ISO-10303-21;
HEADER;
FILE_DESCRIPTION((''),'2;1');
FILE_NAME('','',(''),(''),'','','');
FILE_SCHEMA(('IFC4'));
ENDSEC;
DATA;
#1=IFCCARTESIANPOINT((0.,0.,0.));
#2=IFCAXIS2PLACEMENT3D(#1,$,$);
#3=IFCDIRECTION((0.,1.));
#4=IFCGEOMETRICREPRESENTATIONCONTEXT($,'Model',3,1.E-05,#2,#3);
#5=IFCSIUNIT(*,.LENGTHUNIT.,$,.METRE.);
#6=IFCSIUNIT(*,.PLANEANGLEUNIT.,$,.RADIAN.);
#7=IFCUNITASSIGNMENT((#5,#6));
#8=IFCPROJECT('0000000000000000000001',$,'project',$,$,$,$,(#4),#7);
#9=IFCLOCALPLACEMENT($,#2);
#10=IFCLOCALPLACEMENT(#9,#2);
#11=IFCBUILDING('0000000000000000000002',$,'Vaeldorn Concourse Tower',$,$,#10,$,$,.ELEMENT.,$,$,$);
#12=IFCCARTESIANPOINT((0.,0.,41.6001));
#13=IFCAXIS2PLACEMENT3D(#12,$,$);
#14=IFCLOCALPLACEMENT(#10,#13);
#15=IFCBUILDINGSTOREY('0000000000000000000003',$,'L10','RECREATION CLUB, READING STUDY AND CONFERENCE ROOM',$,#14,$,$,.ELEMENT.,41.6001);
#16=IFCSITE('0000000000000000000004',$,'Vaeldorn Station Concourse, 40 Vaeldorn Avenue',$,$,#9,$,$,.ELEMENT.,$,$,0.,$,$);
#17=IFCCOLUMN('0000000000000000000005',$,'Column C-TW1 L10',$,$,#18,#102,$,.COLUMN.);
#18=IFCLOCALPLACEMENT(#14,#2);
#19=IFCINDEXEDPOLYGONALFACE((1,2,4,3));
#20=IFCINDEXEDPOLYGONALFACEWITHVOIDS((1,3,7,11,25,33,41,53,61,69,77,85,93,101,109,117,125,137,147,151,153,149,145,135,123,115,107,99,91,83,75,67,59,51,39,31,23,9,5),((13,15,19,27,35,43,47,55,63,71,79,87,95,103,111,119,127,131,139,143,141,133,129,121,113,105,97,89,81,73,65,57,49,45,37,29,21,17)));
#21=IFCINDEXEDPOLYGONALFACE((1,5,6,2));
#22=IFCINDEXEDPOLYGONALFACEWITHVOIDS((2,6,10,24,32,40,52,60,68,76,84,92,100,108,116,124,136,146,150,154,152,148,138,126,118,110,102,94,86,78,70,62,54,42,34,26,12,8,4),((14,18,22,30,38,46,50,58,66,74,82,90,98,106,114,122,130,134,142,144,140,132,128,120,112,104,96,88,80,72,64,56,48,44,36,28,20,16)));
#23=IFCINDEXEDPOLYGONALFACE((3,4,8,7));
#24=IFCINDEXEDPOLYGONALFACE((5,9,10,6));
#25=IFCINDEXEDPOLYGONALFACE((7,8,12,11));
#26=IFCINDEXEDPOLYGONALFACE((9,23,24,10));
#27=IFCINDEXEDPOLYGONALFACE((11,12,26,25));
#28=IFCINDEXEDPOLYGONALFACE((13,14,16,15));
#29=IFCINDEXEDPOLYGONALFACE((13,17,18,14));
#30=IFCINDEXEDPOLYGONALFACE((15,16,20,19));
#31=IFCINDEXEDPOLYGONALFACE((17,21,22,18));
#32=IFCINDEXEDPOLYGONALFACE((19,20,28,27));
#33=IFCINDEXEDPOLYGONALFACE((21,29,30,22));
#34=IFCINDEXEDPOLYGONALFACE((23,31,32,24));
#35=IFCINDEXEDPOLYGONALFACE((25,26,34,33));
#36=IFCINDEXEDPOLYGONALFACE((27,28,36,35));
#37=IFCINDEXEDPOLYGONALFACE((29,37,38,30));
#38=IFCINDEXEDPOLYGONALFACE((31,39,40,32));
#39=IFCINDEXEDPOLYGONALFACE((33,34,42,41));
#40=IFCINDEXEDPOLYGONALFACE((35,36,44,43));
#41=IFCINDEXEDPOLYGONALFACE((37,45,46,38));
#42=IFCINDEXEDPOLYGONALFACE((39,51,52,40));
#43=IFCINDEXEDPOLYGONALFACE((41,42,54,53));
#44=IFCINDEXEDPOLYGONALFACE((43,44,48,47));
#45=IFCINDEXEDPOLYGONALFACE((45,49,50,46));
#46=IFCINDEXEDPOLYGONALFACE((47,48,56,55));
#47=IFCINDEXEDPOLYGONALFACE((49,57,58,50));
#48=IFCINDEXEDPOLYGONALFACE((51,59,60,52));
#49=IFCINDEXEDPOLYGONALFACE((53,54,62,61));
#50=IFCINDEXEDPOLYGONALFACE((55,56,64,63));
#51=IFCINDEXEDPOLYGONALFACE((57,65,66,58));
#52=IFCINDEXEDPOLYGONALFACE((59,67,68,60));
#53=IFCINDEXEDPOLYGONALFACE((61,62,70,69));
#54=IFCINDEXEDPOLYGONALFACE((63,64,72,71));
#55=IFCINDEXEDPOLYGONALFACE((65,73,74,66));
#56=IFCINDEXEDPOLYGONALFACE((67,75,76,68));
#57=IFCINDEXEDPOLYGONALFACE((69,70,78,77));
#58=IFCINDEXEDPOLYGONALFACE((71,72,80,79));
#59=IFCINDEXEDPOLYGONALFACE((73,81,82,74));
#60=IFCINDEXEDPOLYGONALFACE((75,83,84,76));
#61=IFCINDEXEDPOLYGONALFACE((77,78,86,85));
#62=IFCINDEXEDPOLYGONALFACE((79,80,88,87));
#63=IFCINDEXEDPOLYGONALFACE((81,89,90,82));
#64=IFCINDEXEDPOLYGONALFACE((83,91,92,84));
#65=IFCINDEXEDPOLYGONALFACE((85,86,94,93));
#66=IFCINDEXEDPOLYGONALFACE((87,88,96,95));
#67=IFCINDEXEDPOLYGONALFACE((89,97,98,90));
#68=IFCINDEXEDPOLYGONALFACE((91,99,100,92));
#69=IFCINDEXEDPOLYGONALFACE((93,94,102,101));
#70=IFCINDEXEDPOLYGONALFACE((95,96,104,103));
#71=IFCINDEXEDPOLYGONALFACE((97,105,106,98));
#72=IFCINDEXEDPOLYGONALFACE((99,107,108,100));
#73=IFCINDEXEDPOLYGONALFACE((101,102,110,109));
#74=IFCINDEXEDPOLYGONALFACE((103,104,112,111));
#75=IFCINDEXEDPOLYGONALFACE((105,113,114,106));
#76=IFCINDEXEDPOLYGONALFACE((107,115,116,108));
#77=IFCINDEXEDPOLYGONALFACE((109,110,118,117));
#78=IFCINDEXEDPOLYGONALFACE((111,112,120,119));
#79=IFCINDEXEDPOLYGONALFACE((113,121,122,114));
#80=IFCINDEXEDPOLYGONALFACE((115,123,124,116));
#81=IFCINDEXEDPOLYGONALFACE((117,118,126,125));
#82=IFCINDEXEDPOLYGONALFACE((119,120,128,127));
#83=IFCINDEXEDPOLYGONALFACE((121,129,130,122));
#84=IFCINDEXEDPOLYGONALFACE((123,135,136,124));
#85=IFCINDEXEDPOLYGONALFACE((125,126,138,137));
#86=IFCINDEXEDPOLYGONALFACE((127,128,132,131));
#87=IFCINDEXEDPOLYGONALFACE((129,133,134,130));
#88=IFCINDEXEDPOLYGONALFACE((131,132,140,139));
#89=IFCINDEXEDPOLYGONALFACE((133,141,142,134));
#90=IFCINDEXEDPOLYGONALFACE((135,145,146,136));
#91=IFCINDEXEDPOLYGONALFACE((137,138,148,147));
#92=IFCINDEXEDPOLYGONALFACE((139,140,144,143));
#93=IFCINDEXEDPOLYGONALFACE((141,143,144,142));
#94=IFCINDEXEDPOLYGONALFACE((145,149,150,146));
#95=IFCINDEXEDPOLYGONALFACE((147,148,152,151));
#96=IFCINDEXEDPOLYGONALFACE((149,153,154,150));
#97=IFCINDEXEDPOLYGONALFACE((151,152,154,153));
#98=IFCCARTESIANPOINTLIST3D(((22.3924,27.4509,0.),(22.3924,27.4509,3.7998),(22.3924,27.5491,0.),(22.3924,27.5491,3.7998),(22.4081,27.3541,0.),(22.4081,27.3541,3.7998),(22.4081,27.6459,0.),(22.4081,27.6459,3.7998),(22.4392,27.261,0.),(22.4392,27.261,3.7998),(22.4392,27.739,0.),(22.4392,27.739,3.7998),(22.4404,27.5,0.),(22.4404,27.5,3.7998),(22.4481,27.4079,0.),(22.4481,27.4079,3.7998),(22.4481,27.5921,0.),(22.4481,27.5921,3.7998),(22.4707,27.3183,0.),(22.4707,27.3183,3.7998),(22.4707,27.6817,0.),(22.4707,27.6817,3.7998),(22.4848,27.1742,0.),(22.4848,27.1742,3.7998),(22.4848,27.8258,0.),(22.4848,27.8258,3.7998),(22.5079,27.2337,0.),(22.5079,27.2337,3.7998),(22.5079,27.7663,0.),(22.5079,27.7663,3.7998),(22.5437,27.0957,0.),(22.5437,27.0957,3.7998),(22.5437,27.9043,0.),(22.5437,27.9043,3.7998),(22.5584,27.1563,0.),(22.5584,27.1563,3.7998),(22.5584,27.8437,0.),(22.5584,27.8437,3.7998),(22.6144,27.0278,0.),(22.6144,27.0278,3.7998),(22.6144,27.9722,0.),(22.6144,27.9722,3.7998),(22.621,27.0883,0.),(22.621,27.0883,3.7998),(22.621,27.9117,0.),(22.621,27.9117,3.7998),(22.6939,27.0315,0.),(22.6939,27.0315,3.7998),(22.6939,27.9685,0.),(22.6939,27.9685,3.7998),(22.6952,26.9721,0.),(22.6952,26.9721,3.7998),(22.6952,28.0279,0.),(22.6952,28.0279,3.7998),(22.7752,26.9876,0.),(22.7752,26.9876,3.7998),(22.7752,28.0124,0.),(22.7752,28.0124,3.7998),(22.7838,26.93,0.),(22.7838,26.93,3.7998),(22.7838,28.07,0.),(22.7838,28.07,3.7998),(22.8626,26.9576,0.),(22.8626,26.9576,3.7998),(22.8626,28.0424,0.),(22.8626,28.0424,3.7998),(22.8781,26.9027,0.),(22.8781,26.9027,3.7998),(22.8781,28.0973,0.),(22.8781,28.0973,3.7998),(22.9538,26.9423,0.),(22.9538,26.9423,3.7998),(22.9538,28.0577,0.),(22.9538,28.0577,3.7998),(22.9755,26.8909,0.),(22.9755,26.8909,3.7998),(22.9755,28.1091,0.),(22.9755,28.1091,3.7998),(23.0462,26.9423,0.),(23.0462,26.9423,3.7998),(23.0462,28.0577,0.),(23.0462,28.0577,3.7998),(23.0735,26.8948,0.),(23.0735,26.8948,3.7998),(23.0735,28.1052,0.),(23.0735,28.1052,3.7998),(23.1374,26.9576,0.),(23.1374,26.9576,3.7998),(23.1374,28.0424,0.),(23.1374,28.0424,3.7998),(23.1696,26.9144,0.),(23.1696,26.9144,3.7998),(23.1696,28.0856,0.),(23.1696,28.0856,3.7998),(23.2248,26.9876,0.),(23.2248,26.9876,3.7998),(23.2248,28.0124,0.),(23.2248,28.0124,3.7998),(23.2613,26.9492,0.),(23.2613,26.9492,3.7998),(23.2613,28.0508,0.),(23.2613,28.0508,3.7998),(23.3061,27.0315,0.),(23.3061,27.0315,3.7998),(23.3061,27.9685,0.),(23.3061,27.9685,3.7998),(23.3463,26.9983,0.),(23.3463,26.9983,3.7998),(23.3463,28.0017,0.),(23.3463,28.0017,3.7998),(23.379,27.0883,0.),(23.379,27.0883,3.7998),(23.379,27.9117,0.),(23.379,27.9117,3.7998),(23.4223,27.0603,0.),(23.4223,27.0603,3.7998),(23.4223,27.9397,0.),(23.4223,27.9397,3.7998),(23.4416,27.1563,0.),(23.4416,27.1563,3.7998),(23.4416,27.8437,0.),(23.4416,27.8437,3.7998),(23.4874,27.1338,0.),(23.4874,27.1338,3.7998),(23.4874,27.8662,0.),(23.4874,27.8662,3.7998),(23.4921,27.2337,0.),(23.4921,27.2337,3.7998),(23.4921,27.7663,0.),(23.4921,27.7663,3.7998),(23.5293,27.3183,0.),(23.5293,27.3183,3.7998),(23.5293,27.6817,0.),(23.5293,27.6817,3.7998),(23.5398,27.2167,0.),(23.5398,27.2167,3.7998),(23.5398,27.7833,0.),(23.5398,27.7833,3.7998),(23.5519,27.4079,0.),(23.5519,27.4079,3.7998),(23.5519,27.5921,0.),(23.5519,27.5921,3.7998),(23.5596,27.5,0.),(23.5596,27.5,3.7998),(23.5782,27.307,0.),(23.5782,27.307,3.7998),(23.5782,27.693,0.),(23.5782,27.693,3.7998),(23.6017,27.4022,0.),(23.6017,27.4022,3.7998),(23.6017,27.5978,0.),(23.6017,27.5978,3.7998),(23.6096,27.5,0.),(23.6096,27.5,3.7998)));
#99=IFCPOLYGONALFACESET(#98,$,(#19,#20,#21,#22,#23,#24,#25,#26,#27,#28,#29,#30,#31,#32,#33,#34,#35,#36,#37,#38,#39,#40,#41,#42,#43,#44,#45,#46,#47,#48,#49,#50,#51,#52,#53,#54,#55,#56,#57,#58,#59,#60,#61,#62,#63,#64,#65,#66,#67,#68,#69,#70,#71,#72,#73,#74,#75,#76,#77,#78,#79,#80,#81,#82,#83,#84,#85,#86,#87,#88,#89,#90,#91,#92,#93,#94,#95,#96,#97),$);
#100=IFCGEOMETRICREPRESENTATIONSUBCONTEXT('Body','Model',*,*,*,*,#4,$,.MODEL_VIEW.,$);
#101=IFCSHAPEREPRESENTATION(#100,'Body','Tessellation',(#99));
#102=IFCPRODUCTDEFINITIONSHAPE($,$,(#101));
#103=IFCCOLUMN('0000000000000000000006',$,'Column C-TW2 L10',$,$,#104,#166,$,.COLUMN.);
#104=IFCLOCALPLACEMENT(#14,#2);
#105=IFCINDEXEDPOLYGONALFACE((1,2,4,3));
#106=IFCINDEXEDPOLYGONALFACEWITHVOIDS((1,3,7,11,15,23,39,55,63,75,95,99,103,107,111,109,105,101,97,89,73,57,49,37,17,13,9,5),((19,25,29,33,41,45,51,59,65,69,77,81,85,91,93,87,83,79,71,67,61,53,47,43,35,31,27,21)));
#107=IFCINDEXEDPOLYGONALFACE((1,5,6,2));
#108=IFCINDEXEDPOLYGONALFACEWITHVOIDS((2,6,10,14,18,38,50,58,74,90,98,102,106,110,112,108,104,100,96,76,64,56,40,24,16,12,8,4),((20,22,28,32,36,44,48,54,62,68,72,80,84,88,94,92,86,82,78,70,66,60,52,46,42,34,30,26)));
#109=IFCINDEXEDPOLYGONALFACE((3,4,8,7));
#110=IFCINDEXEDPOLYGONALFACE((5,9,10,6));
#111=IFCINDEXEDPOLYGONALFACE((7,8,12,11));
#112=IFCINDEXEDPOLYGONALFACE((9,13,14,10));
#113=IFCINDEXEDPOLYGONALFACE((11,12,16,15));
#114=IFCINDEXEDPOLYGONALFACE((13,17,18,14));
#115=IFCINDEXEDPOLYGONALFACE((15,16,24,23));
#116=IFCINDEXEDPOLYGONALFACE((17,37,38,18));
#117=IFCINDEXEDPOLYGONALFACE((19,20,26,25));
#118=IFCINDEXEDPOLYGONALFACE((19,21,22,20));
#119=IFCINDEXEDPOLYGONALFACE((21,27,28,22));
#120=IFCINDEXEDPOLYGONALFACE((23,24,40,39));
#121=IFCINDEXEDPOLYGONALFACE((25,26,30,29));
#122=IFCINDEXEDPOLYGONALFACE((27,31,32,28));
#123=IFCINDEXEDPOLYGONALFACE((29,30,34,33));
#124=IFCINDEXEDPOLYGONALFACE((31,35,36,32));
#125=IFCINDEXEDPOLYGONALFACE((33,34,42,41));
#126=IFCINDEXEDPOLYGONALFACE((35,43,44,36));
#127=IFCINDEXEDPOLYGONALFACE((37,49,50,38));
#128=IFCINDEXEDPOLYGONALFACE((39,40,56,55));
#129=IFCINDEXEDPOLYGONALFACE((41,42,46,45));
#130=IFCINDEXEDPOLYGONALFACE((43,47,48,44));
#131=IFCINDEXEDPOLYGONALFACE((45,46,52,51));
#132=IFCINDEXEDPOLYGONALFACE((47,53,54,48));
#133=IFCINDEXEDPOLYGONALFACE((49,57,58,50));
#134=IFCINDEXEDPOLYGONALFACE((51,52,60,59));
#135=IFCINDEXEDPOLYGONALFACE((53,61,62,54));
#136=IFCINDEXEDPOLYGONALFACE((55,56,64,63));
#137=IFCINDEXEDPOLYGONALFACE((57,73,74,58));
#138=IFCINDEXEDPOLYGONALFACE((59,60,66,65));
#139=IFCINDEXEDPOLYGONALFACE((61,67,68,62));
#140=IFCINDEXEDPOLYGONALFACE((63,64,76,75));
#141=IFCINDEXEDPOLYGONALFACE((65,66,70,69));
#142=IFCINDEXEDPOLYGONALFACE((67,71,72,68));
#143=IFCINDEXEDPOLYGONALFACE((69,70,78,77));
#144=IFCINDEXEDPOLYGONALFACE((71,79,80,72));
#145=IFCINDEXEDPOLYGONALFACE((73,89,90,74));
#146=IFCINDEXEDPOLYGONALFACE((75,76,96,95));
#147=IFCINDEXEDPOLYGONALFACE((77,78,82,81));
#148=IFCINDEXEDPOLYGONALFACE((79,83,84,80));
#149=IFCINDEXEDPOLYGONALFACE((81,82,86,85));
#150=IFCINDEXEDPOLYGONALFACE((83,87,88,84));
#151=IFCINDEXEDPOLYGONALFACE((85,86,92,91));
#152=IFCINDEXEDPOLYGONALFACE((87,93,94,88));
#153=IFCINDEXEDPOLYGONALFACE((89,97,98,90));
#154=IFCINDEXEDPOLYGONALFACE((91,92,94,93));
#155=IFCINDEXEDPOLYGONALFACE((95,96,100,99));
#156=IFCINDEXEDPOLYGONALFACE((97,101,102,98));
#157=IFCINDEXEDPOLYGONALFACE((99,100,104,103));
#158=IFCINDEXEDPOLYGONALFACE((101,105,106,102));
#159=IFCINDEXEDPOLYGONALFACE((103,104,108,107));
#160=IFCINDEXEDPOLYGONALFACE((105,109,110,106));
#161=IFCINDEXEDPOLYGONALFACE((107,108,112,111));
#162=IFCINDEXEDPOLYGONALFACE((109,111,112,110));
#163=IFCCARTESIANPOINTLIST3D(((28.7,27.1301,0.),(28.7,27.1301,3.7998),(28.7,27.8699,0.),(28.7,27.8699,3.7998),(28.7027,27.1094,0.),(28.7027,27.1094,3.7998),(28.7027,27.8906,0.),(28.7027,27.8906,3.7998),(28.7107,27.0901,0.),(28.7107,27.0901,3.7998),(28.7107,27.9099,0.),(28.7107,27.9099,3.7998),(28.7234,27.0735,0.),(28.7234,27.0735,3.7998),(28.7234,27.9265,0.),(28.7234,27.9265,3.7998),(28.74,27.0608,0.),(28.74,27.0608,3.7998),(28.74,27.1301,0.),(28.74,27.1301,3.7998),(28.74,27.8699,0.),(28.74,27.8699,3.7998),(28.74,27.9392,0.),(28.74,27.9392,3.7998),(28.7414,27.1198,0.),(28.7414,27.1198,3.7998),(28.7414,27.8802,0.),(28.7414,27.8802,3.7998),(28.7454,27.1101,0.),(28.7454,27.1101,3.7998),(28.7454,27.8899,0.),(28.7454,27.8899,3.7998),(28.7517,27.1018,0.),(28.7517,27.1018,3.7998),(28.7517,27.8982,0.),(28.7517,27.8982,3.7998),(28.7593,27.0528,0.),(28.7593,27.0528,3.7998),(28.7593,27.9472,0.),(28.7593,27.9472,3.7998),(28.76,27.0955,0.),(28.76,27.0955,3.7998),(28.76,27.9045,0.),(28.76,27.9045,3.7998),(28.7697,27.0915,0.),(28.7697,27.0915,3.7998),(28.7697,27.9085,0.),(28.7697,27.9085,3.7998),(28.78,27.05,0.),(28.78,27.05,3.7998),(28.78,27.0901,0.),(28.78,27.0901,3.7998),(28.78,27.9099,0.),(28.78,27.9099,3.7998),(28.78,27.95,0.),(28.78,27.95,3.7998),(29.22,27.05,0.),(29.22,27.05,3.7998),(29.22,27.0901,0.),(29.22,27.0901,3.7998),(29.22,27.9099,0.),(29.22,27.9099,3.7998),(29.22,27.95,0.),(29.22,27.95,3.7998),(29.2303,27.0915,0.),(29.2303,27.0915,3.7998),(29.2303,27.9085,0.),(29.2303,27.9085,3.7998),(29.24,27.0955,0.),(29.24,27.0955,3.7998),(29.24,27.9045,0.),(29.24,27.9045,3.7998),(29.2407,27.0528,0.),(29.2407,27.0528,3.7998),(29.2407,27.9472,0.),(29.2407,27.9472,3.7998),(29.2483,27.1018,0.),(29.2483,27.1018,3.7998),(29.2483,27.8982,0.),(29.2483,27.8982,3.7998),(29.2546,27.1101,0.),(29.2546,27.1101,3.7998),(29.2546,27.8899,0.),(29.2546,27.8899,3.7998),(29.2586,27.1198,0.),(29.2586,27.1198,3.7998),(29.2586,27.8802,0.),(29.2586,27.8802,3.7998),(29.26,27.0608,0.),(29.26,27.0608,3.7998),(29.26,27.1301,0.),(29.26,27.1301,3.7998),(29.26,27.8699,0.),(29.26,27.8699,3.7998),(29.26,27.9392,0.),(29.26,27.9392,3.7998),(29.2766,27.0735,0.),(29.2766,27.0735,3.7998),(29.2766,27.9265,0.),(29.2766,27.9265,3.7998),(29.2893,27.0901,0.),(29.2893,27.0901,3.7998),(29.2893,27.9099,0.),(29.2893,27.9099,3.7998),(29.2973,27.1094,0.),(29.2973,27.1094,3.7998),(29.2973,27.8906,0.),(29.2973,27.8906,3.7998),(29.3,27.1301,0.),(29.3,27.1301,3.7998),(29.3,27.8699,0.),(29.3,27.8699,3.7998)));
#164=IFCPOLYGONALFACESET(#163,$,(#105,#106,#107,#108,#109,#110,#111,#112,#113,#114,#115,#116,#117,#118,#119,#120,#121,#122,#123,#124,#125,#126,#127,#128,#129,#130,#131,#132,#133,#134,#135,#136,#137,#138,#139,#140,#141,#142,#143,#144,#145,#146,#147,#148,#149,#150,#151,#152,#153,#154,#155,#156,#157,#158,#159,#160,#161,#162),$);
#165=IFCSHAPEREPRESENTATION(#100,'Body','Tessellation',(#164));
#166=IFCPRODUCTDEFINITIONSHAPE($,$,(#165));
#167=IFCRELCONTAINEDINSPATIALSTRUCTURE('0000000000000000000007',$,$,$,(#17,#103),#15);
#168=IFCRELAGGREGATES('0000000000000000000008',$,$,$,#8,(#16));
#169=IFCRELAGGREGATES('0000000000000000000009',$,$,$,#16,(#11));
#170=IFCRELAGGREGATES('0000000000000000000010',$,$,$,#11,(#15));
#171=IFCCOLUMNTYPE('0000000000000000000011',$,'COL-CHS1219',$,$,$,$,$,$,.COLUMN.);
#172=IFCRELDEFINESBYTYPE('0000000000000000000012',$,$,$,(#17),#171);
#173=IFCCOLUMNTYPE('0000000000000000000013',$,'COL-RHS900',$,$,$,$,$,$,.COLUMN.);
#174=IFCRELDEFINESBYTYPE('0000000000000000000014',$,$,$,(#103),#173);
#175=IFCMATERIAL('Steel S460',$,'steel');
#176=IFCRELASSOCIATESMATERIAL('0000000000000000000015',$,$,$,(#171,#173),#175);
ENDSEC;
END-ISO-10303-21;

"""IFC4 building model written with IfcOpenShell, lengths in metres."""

from ifc_helpers import new_model, si_unit, direction, frame, origin, origin_2d, place, context, subcontext, project, spatial, hollow_rectangle, hollow_circle, extrude, source, transform, mapped, material, material_profile, profile_set, type_object, element, save


model = new_model("IFC4")

# Units and contexts
model_context = context("Model", 3, precision=1e-05, world=origin(), true_north=direction((0.0, 1.0)))
body_context = subcontext(model_context, "Body", "Model", "MODEL_VIEW")
ifc_project = project(units=[si_unit("LENGTHUNIT", "METRE"), si_unit("PLANEANGLEUNIT", "RADIAN")], contexts=[model_context])

# Site, building, storey
site_placement = place(None, origin())
site = spatial("IfcSite", under=ifc_project, at=site_placement, Name="Vaeldorn Station Concourse, 40 Vaeldorn Avenue", CompositionType="ELEMENT", RefElevation=0.0)
building_placement = place(site_placement, origin())
building = spatial("IfcBuilding", under=site, at=building_placement, Name="Vaeldorn Concourse Tower", CompositionType="ELEMENT")
storey_placement = place(building_placement, frame((0.0, 0.0, 41.6001)))
storey = spatial("IfcBuildingStorey", under=building, at=storey_placement, Name="L10", Description="RECREATION CLUB, READING STUDY AND CONFERENCE ROOM", CompositionType="ELEMENT", Elevation=41.6001)

# Columns
ifc_material_1 = material(Name="Steel S460", Category="steel")
ifc_material_profile_1 = material_profile(ifc_material_1, hollow_circle(Radius=0.6096, WallThickness=0.05, at=origin_2d()), Name="CHS 1219x50")
ifc_profile_set_1 = profile_set([ifc_material_profile_1], Name="Steel S460")
column_type_1 = type_object("IfcColumnType", Name="COL-CHS1219", PredefinedType="COLUMN", material=ifc_profile_set_1)
shared_shape_1 = source(origin(), body_context, "Body", "SweptSolid", [
    extrude(hollow_circle(Radius=0.6096, WallThickness=0.05, at=origin_2d()), origin(), (0.0, 0.0, 1.0), 3.7998),
])
column_1_placement = place(storey_placement, frame((23.0, 27.5, 0.0), z_axis=(0.0, 0.0, 1.0), x_axis=(1.0, 0.0, 0.0)))
element("IfcColumn", 1, at=column_1_placement, inside=storey, type_object=column_type_1, Name="Column C-TW1 L10", PredefinedType="COLUMN", context=body_context, shape_type="MappedRepresentation", body=[
    mapped(shared_shape_1, transform((0.0, 0.0, 0.0), scale=1.0)),
])
ifc_material_profile_2 = material_profile(ifc_material_1, hollow_rectangle(XDim=0.6001, YDim=0.8999, WallThickness=0.04, InnerFilletRadius=0.04, OuterFilletRadius=0.0801, at=origin_2d()), Name="RHS 900x600x40")
ifc_profile_set_2 = profile_set([ifc_material_profile_2], Name="Steel S460")
column_type_2 = type_object("IfcColumnType", Name="COL-RHS900", PredefinedType="COLUMN", material=ifc_profile_set_2)
shared_shape_2 = source(origin(), body_context, "Body", "SweptSolid", [
    extrude(hollow_rectangle(XDim=0.6001, YDim=0.8999, WallThickness=0.04, InnerFilletRadius=0.04, OuterFilletRadius=0.0801, at=origin_2d()), origin(), (0.0, 0.0, 1.0), 3.7998),
])
for number, where, z_axis, x_axis, name in (
    (2, (29.0, 27.5, 0.0), (0.0, 0.0, 1.0), (1.0, 0.0, 0.0), "Column C-TW2 L10"),
):
    element("IfcColumn", number, at=place(storey_placement, frame(where, z_axis=z_axis, x_axis=x_axis)), inside=storey, type_object=column_type_2, Name=name, PredefinedType="COLUMN", context=body_context, shape_type="MappedRepresentation", body=[
        mapped(shared_shape_2, transform((0.0, 0.0, 0.0), scale=1.0)),
    ])

save(model, "model.ifc")
